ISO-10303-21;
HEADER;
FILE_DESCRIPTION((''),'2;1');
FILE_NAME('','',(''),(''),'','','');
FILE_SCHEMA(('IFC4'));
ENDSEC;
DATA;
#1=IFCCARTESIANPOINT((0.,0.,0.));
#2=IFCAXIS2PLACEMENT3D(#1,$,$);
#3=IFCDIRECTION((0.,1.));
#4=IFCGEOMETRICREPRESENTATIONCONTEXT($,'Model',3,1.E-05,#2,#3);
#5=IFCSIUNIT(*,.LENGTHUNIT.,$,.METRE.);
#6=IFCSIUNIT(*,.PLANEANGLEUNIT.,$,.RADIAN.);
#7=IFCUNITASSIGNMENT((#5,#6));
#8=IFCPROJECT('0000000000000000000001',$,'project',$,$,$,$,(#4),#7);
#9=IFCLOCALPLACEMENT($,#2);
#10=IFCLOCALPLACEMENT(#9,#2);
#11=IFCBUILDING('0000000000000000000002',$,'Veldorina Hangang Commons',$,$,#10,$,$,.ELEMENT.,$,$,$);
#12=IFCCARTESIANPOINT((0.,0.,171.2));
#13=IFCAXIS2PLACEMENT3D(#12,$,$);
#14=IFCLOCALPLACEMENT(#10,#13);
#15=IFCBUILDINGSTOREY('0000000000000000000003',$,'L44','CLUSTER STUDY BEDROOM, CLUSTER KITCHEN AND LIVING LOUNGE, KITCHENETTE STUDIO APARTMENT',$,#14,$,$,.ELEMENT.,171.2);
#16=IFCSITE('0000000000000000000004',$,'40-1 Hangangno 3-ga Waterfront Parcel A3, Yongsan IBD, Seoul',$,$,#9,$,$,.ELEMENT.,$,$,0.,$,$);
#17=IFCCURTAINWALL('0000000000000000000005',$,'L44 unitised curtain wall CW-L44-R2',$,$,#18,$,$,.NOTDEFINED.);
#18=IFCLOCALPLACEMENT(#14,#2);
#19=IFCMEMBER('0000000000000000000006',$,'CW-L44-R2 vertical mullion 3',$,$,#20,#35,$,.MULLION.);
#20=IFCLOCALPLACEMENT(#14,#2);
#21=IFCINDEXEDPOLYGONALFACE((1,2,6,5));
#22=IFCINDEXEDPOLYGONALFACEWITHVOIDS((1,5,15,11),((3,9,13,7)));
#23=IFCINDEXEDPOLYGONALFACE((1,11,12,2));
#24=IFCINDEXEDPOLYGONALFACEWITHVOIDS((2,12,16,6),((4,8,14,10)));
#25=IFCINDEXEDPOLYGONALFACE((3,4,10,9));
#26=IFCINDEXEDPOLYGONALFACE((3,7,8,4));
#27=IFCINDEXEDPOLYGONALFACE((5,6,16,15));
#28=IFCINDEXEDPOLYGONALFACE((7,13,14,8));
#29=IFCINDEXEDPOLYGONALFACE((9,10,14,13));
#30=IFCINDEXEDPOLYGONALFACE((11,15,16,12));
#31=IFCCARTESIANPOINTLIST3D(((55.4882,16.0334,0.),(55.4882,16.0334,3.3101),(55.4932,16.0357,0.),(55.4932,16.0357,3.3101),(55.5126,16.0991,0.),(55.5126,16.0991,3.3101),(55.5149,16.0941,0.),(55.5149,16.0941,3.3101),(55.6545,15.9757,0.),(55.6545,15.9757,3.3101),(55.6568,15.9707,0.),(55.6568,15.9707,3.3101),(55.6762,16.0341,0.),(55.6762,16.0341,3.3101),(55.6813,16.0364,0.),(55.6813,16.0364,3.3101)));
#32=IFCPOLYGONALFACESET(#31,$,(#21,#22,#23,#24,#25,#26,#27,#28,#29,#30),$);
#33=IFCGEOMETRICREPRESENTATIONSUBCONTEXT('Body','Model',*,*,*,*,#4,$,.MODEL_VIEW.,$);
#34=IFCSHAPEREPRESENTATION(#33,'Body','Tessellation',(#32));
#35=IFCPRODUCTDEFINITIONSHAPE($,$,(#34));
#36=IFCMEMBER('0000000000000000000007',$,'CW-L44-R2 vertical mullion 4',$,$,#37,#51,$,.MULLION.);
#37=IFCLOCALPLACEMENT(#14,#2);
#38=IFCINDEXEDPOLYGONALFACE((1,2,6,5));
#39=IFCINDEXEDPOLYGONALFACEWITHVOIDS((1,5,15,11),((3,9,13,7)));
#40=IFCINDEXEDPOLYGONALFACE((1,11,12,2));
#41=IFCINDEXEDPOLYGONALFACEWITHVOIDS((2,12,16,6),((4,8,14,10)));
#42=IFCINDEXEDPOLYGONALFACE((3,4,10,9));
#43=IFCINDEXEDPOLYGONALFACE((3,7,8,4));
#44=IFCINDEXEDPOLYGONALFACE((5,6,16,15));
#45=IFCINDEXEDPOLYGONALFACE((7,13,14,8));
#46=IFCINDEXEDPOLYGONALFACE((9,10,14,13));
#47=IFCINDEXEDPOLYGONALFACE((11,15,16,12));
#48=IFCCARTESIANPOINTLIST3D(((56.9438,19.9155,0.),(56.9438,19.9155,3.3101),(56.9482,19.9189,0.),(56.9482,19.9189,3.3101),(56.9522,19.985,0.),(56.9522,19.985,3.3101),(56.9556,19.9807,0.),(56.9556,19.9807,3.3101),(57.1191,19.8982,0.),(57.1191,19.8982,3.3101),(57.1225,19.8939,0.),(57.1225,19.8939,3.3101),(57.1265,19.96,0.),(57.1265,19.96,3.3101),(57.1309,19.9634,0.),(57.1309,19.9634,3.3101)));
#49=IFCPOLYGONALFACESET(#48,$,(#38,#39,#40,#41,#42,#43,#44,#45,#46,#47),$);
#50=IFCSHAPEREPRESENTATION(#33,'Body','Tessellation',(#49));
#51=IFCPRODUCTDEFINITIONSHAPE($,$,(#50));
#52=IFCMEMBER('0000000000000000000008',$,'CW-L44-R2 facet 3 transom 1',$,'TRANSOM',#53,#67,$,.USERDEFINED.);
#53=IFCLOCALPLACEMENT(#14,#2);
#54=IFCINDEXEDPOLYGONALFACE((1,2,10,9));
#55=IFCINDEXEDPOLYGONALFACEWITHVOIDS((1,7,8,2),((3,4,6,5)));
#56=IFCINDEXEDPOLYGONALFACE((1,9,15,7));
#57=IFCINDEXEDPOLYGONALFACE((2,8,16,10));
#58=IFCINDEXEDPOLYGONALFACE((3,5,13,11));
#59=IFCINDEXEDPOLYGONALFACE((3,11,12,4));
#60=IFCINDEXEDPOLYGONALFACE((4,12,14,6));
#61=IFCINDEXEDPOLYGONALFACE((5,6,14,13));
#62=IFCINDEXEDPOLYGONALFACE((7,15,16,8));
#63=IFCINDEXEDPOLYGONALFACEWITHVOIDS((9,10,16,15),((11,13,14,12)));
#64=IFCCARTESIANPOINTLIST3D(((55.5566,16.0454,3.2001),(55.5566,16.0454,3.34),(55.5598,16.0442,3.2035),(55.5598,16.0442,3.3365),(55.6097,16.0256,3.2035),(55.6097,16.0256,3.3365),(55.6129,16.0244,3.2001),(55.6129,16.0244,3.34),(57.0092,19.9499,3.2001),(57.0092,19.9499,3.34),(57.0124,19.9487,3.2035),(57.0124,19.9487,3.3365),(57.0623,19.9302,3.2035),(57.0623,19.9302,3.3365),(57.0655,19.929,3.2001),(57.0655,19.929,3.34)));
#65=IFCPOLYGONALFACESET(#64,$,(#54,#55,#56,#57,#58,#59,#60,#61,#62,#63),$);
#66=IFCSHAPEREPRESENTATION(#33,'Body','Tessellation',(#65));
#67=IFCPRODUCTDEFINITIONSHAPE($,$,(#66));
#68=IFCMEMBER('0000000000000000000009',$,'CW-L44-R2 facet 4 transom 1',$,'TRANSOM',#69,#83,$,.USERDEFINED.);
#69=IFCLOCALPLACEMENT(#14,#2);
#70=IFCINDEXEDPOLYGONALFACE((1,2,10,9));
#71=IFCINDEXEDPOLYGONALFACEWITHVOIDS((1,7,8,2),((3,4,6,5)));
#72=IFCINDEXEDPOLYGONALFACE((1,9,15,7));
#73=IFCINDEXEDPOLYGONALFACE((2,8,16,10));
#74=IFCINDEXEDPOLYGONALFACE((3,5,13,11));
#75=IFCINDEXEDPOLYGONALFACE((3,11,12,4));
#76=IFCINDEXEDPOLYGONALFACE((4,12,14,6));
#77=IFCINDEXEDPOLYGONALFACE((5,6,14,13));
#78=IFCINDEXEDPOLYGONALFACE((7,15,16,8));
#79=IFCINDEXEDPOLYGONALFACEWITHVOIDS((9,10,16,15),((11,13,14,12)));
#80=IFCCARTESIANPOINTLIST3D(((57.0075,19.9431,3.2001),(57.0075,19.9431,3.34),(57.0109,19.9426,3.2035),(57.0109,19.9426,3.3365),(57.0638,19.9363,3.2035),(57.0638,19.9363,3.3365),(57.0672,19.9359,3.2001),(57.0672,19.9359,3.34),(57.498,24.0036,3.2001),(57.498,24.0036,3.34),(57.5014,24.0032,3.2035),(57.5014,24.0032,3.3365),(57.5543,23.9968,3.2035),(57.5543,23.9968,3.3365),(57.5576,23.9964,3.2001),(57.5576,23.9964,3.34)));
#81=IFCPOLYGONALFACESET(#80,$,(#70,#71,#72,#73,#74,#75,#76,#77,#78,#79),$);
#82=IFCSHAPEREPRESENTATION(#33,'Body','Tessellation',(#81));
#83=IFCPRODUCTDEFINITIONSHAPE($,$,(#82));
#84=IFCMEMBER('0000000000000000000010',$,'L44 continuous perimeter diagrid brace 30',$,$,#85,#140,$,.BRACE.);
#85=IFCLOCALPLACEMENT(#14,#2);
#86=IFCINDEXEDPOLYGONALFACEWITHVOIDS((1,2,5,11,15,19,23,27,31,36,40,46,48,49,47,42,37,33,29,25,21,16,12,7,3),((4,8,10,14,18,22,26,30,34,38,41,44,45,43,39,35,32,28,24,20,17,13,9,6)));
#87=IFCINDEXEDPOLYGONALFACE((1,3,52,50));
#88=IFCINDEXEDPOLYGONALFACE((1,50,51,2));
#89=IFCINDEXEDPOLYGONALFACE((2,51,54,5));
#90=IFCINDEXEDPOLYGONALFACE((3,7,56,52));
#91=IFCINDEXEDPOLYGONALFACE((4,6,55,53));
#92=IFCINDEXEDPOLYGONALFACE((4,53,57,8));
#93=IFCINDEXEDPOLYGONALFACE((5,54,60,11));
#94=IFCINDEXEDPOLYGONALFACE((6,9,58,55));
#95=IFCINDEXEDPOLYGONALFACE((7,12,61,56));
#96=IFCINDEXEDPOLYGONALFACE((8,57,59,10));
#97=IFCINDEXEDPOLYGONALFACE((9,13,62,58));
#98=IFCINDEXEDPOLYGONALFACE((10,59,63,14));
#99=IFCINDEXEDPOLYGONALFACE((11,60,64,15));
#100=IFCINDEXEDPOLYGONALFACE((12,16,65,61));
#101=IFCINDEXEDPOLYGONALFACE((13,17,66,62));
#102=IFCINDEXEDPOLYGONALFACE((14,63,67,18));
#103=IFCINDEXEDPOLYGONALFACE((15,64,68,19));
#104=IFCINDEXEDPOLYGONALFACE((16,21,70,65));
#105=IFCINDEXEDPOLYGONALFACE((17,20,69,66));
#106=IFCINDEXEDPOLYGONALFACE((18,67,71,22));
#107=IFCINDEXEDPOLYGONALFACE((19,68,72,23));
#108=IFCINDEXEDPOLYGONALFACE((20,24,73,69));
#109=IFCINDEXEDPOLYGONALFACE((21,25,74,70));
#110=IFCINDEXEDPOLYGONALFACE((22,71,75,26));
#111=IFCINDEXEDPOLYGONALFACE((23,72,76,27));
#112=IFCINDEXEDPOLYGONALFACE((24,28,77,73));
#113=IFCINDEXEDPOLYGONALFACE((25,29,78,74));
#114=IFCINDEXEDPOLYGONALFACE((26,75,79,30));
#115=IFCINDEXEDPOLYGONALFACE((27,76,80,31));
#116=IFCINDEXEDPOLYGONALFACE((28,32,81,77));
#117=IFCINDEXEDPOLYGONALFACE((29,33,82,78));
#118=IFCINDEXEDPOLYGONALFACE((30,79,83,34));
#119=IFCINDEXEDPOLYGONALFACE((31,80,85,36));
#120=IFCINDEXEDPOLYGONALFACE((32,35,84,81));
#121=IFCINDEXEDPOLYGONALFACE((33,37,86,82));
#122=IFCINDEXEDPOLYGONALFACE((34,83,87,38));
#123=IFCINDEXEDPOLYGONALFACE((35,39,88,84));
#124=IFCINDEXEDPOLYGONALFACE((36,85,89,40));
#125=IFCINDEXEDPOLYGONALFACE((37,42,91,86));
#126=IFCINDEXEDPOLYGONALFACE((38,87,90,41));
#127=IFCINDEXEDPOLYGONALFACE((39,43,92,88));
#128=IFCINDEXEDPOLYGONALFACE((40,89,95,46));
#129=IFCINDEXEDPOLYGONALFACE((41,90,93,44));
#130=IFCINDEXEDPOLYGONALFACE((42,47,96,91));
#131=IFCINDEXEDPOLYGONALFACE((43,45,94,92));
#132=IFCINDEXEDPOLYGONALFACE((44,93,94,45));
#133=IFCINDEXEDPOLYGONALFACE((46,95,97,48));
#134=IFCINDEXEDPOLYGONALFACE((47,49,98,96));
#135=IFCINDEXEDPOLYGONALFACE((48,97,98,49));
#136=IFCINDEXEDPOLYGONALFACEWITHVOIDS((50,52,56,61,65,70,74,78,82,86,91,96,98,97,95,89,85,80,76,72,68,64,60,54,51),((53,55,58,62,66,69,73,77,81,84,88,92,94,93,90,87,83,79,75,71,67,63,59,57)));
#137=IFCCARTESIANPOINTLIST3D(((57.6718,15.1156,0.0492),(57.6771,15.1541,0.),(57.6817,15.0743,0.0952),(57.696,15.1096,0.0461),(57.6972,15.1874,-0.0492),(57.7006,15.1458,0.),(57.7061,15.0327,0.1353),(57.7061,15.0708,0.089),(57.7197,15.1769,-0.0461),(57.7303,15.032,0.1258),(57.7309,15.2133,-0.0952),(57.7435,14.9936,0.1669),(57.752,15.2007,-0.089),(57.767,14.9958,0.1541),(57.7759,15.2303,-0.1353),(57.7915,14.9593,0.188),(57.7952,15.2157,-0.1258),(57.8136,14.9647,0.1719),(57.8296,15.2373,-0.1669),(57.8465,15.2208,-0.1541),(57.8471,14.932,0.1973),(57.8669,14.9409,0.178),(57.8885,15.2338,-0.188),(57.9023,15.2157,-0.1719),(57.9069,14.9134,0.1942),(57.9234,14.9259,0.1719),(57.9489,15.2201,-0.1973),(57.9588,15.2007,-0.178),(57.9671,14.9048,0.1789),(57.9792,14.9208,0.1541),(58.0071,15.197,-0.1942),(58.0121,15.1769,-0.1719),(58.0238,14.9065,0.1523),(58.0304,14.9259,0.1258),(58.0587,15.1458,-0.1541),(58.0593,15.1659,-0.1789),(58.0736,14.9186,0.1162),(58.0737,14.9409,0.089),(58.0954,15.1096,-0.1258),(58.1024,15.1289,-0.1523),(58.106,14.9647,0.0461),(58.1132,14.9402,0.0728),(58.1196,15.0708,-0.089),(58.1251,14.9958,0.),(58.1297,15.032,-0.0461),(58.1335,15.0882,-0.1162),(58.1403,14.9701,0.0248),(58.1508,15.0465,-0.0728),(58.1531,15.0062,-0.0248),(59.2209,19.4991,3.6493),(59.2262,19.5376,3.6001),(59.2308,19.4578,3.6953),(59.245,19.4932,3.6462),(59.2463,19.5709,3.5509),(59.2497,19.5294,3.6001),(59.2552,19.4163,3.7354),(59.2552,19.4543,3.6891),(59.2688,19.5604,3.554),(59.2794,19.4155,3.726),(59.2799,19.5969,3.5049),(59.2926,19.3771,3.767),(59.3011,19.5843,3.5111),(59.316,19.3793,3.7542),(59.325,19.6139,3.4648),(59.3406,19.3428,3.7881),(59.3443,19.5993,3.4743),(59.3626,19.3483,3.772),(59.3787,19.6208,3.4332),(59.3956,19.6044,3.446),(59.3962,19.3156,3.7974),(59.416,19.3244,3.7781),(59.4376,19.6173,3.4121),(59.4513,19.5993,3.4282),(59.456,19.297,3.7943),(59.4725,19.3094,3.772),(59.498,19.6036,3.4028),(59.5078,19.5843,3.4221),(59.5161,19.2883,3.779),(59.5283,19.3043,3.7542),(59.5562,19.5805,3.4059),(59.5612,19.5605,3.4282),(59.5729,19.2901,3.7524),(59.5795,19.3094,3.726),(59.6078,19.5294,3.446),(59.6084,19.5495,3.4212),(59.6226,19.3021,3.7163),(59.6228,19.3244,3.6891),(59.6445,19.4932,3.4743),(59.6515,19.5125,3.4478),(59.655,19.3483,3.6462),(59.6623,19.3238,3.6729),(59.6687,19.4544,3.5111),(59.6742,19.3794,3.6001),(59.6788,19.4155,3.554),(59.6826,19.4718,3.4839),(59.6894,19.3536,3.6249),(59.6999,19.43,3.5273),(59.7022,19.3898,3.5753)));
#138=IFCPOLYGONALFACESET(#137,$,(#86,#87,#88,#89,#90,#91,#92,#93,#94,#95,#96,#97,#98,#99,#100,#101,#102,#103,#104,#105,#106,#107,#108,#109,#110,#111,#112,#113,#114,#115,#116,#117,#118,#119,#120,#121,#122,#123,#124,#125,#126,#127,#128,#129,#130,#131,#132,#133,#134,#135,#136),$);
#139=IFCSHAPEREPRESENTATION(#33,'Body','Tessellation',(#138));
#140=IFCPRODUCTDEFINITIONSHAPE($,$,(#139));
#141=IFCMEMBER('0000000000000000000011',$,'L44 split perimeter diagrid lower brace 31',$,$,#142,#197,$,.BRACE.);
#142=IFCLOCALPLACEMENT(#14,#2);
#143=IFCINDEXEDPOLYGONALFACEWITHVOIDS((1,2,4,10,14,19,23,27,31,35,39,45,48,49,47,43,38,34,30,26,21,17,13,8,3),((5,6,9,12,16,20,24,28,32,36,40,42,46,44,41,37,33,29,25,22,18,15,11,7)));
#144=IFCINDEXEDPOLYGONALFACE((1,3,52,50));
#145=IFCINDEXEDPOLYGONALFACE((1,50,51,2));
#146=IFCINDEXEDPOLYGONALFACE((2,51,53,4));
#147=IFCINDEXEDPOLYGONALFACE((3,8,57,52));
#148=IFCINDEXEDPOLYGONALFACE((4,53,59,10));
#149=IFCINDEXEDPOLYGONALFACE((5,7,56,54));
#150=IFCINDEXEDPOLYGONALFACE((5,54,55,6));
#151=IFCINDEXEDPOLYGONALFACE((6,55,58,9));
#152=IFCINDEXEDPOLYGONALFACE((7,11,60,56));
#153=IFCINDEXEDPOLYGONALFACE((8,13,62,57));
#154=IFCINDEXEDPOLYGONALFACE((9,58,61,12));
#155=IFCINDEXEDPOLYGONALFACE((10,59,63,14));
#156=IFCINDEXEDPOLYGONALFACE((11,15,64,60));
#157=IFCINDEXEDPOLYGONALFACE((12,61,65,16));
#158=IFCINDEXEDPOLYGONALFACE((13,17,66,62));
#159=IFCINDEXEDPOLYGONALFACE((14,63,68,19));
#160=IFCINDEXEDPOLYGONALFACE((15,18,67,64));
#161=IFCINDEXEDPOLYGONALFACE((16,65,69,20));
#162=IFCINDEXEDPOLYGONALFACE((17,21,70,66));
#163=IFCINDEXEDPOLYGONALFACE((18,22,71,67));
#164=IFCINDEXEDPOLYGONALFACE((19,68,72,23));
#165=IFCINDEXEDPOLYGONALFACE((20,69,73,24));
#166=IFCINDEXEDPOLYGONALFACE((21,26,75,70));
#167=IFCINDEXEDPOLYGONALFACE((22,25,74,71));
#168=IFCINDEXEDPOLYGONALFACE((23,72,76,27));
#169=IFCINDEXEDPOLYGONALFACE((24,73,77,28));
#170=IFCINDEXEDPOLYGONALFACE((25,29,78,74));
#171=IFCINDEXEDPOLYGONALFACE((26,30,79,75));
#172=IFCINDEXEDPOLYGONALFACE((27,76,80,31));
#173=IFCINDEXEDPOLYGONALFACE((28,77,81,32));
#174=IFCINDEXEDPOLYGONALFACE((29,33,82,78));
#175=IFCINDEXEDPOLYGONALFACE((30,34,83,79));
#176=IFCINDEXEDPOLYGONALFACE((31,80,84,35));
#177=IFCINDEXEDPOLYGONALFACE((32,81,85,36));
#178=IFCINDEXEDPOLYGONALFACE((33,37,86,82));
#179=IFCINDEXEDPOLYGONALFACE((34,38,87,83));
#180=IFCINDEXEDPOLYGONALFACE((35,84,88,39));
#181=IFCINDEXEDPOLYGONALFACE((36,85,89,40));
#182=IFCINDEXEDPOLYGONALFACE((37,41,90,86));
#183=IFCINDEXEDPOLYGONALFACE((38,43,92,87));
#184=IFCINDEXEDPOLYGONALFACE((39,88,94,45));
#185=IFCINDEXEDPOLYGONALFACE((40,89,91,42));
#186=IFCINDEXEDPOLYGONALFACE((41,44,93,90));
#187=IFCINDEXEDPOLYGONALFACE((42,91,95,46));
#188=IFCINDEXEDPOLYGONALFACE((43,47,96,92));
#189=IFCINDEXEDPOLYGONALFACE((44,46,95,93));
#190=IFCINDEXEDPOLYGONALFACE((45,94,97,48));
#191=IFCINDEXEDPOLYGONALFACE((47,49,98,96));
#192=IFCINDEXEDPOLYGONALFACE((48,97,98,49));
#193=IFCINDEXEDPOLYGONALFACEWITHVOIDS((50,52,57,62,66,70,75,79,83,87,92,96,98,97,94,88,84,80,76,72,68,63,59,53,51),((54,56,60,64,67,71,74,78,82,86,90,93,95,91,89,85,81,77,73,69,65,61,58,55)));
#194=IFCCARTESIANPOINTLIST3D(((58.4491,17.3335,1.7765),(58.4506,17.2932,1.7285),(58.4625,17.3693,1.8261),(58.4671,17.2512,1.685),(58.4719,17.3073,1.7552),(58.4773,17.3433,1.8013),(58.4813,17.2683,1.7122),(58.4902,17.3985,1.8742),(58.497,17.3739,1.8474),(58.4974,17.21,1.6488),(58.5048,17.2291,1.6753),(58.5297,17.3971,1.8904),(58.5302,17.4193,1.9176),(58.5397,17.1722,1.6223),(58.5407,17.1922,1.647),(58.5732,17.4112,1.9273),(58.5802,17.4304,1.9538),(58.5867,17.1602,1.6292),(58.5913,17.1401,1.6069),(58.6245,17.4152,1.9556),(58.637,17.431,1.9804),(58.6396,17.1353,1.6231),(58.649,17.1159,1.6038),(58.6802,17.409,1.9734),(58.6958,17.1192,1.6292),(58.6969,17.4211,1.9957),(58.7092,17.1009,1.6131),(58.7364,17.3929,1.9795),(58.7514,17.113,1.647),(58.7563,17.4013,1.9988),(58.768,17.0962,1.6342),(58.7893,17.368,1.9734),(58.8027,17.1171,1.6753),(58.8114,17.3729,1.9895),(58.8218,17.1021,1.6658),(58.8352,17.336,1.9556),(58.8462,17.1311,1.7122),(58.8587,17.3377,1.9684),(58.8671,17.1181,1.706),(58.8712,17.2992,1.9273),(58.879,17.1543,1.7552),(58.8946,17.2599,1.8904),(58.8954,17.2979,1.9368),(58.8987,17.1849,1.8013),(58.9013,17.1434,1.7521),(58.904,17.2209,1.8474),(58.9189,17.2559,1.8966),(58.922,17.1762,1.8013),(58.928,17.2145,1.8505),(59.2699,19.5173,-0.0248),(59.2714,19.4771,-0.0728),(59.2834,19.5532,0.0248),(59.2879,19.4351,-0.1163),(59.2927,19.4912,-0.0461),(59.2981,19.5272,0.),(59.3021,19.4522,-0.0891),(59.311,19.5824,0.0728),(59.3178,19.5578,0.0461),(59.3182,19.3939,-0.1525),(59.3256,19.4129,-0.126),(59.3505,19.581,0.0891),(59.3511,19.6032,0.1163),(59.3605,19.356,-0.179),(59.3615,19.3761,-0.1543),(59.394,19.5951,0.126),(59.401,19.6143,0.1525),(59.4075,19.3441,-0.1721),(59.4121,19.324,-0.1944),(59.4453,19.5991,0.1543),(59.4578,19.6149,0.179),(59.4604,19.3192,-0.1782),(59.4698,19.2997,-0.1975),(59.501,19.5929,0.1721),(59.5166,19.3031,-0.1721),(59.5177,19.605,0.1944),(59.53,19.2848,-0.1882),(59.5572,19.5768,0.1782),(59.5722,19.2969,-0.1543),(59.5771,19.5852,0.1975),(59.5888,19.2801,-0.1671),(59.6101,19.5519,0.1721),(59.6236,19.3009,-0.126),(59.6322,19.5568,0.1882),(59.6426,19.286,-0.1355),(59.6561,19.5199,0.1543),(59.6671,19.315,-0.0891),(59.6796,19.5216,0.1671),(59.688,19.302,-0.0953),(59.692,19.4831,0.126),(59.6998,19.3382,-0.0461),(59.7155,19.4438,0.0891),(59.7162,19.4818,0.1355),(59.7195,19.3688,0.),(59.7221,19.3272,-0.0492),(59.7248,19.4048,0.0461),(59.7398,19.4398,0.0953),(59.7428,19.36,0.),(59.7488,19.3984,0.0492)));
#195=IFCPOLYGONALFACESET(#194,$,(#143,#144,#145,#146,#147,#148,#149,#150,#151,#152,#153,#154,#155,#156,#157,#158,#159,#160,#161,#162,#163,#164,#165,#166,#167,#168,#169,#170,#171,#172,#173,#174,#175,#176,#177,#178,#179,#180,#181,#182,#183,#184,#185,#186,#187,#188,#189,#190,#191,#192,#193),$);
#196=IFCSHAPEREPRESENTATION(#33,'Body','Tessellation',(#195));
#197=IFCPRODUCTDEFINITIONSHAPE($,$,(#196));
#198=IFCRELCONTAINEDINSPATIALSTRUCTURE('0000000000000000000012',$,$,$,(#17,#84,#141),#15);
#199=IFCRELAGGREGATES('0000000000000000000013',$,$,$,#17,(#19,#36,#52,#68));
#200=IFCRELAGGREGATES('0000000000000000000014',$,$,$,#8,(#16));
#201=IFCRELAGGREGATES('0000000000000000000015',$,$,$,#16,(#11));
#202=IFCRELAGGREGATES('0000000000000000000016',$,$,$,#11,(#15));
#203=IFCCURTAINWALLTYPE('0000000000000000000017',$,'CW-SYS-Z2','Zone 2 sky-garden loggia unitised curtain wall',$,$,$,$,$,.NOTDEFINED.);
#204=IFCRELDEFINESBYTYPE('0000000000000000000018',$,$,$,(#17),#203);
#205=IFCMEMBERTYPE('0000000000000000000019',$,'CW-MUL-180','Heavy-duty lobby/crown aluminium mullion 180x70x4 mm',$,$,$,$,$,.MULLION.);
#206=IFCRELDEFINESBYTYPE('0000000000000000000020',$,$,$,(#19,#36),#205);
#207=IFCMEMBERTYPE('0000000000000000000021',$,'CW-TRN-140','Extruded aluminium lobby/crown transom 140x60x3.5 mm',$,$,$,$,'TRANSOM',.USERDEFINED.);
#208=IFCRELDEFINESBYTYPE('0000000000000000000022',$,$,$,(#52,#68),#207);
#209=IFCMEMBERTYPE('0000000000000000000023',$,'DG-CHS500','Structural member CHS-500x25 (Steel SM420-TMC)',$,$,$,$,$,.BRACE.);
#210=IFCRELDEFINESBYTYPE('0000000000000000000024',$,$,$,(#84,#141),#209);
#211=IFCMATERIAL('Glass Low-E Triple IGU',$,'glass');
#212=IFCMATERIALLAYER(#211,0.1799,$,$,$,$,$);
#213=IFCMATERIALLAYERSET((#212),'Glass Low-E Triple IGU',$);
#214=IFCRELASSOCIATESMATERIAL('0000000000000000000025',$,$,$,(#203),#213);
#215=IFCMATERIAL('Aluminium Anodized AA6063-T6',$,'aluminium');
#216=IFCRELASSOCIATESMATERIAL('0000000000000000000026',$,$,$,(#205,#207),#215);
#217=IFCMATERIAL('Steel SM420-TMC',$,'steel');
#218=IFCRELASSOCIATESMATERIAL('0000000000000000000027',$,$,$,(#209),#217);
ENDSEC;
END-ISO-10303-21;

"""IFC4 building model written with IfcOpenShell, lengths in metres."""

from ifc_helpers import new_model, si_unit, direction, frame, origin, origin_2d, place, context, subcontext, project, spatial, hollow_rectangle, hollow_circle, extrude, material, layer, layer_set, material_profile, profile_set, type_object, element, aggregate, save


model = new_model("IFC4")

# Units and contexts
model_context = context("Model", 3, precision=1e-05, world=origin(), true_north=direction((0.0, 1.0)))
body_context = subcontext(model_context, "Body", "Model", "MODEL_VIEW")
ifc_project = project(units=[si_unit("LENGTHUNIT", "METRE"), si_unit("PLANEANGLEUNIT", "RADIAN")], contexts=[model_context])

# Site, building, storey
site_placement = place(None, origin())
site = spatial("IfcSite", under=ifc_project, at=site_placement, Name="40-1 Hangangno 3-ga Waterfront Parcel A3, Yongsan IBD, Seoul", CompositionType="ELEMENT", RefElevation=0.0)
building_placement = place(site_placement, origin())
building = spatial("IfcBuilding", under=site, at=building_placement, Name="Veldorina Hangang Commons", CompositionType="ELEMENT")
storey_placement = place(building_placement, frame((0.0, 0.0, 171.2)))
storey = spatial("IfcBuildingStorey", under=building, at=storey_placement, Name="L44", Description="CLUSTER STUDY BEDROOM, CLUSTER KITCHEN AND LIVING LOUNGE, KITCHENETTE STUDIO APARTMENT", CompositionType="ELEMENT", Elevation=171.2)

# Shared definitions
ifc_material_1 = material(Name="Steel SM420-TMC", Category="steel")

# Curtain wall, members
ifc_material_2 = material(Name="Glass Low-E Triple IGU", Category="glass")
ifc_layer_1 = layer(ifc_material_2, 0.1799)
ifc_layer_set_1 = layer_set([ifc_layer_1], Name="Glass Low-E Triple IGU")
curtain_wall_type = type_object("IfcCurtainWallType", Name="CW-SYS-Z2", Description="Zone 2 sky-garden loggia unitised curtain wall", PredefinedType="NOTDEFINED", material=ifc_layer_set_1)
curtain_wall_placement = place(storey_placement, origin())
curtain_wall = element("IfcCurtainWall", 1, at=curtain_wall_placement, inside=storey, type_object=curtain_wall_type, Name="L44 unitised curtain wall CW-L44-R2", PredefinedType="NOTDEFINED")
ifc_material_3 = material(Name="Aluminium Anodized AA6063-T6", Category="aluminium")
ifc_material_profile_1 = material_profile(ifc_material_3, hollow_rectangle(XDim=0.0701, YDim=0.1799, WallThickness=0.0039, at=origin_2d()), Name="ALU-RHS-180x70x4")
ifc_profile_set_1 = profile_set([ifc_material_profile_1], Name="Aluminium Anodized AA6063-T6")
member_type_1 = type_object("IfcMemberType", Name="CW-MUL-180", Description="Heavy-duty lobby/crown aluminium mullion 180x70x4 mm", PredefinedType="MULLION", material=ifc_profile_set_1)
member_1_placement = place(storey_placement, frame((55.5847, 16.0349, 0.0), z_axis=(0.0, 0.0, 1.0), x_axis=(0.348703, 0.937233, 0.0)))
member_1 = element("IfcMember", 2, at=member_1_placement, type_object=member_type_1, Name="CW-L44-R2 vertical mullion 3", PredefinedType="MULLION", context=body_context, shape_type="SweptSolid", body=[
    extrude(hollow_rectangle(XDim=0.0701, YDim=0.1799, WallThickness=0.0039, at=origin_2d()), origin(), (0.0, 0.0, 1.0), 3.3101),
])
member_2_placement = place(storey_placement, frame((57.0374, 19.9395, 0.0), z_axis=(0.0, 0.0, 1.0), x_axis=(0.119929, 0.992782, 0.0)))
member_2 = element("IfcMember", 3, at=member_2_placement, type_object=member_type_1, Name="CW-L44-R2 vertical mullion 4", PredefinedType="MULLION", context=body_context, shape_type="SweptSolid", body=[
    extrude(hollow_rectangle(XDim=0.0701, YDim=0.1799, WallThickness=0.0039, at=origin_2d()), origin(), (0.0, 0.0, 1.0), 3.3101),
])
ifc_material_profile_2 = material_profile(ifc_material_3, hollow_rectangle(XDim=0.0601, YDim=0.1399, WallThickness=0.0034, at=origin_2d()), Name="ALU-RHS-140x60x3.5")
ifc_profile_set_2 = profile_set([ifc_material_profile_2], Name="Aluminium Anodized AA6063-T6")
member_type_2 = type_object("IfcMemberType", Name="CW-TRN-140", Description="Extruded aluminium lobby/crown transom 140x60x3.5 mm", ElementType="TRANSOM", PredefinedType="USERDEFINED", material=ifc_profile_set_2)
member_3_placement = place(storey_placement, frame((55.5847, 16.0349, 3.27), z_axis=(0.348688, 0.937239, 0.0), x_axis=(-0.937239, 0.348688, 0.0)))
member_3 = element("IfcMember", 4, at=member_3_placement, type_object=member_type_2, Name="CW-L44-R2 facet 3 transom 1", ObjectType="TRANSOM", PredefinedType="USERDEFINED", context=body_context, shape_type="SweptSolid", body=[
    extrude(hollow_rectangle(XDim=0.0601, YDim=0.1399, WallThickness=0.0034, at=origin_2d()), origin(), (0.0, 0.0, 1.0), 4.166),
])
member_4_placement = place(storey_placement, frame((57.0374, 19.9395, 3.27), z_axis=(0.11992, 0.992784, 0.0), x_axis=(-0.992784, 0.11992, 0.0)))
member_4 = element("IfcMember", 5, at=member_4_placement, type_object=member_type_2, Name="CW-L44-R2 facet 4 transom 1", ObjectType="TRANSOM", PredefinedType="USERDEFINED", context=body_context, shape_type="SweptSolid", body=[
    extrude(hollow_rectangle(XDim=0.0601, YDim=0.1399, WallThickness=0.0034, at=origin_2d()), origin(), (0.0, 0.0, 1.0), 4.0901),
])

# Members
ifc_material_profile_3 = material_profile(ifc_material_1, hollow_circle(Radius=0.25, WallThickness=0.0249, at=origin_2d()), Name="CHS-500x25")
ifc_profile_set_3 = profile_set([ifc_material_profile_3], Name="Steel SM420-TMC")
member_type_3 = type_object("IfcMemberType", Name="DG-CHS500", Description="Structural member CHS-500x25 (Steel SM420-TMC)", PredefinedType="BRACE", material=ifc_profile_set_3)
member_5_placement = place(storey_placement, frame((57.9128, 15.0708, 0.0), z_axis=(0.263442, 0.745486, 0.612249), x_axis=(-0.942859, 0.333191, 0.0)))
element("IfcMember", 6, at=member_5_placement, inside=storey, type_object=member_type_3, Name="L44 continuous perimeter diagrid brace 30", PredefinedType="BRACE", context=body_context, shape_type="SweptSolid", body=[
    extrude(hollow_circle(Radius=0.25, WallThickness=0.0249, at=origin_2d()), origin(), (0.0, 0.0, 1.0), 5.8801),
])
member_6_placement = place(storey_placement, frame((59.5088, 19.448, 0.0), z_axis=(-0.278479, -0.740926, 0.611129), x_axis=(0.936067, -0.351823, 0.0)))
element("IfcMember", 7, at=member_6_placement, inside=storey, type_object=member_type_3, Name="L44 split perimeter diagrid lower brace 31", PredefinedType="BRACE", context=body_context, shape_type="SweptSolid", body=[
    extrude(hollow_circle(Radius=0.25, WallThickness=0.0249, at=origin_2d()), origin(), (0.0, 0.0, 1.0), 2.9475),
])

aggregate(curtain_wall, [member_1, member_2, member_3, member_4])

save(model, "model.ifc")
